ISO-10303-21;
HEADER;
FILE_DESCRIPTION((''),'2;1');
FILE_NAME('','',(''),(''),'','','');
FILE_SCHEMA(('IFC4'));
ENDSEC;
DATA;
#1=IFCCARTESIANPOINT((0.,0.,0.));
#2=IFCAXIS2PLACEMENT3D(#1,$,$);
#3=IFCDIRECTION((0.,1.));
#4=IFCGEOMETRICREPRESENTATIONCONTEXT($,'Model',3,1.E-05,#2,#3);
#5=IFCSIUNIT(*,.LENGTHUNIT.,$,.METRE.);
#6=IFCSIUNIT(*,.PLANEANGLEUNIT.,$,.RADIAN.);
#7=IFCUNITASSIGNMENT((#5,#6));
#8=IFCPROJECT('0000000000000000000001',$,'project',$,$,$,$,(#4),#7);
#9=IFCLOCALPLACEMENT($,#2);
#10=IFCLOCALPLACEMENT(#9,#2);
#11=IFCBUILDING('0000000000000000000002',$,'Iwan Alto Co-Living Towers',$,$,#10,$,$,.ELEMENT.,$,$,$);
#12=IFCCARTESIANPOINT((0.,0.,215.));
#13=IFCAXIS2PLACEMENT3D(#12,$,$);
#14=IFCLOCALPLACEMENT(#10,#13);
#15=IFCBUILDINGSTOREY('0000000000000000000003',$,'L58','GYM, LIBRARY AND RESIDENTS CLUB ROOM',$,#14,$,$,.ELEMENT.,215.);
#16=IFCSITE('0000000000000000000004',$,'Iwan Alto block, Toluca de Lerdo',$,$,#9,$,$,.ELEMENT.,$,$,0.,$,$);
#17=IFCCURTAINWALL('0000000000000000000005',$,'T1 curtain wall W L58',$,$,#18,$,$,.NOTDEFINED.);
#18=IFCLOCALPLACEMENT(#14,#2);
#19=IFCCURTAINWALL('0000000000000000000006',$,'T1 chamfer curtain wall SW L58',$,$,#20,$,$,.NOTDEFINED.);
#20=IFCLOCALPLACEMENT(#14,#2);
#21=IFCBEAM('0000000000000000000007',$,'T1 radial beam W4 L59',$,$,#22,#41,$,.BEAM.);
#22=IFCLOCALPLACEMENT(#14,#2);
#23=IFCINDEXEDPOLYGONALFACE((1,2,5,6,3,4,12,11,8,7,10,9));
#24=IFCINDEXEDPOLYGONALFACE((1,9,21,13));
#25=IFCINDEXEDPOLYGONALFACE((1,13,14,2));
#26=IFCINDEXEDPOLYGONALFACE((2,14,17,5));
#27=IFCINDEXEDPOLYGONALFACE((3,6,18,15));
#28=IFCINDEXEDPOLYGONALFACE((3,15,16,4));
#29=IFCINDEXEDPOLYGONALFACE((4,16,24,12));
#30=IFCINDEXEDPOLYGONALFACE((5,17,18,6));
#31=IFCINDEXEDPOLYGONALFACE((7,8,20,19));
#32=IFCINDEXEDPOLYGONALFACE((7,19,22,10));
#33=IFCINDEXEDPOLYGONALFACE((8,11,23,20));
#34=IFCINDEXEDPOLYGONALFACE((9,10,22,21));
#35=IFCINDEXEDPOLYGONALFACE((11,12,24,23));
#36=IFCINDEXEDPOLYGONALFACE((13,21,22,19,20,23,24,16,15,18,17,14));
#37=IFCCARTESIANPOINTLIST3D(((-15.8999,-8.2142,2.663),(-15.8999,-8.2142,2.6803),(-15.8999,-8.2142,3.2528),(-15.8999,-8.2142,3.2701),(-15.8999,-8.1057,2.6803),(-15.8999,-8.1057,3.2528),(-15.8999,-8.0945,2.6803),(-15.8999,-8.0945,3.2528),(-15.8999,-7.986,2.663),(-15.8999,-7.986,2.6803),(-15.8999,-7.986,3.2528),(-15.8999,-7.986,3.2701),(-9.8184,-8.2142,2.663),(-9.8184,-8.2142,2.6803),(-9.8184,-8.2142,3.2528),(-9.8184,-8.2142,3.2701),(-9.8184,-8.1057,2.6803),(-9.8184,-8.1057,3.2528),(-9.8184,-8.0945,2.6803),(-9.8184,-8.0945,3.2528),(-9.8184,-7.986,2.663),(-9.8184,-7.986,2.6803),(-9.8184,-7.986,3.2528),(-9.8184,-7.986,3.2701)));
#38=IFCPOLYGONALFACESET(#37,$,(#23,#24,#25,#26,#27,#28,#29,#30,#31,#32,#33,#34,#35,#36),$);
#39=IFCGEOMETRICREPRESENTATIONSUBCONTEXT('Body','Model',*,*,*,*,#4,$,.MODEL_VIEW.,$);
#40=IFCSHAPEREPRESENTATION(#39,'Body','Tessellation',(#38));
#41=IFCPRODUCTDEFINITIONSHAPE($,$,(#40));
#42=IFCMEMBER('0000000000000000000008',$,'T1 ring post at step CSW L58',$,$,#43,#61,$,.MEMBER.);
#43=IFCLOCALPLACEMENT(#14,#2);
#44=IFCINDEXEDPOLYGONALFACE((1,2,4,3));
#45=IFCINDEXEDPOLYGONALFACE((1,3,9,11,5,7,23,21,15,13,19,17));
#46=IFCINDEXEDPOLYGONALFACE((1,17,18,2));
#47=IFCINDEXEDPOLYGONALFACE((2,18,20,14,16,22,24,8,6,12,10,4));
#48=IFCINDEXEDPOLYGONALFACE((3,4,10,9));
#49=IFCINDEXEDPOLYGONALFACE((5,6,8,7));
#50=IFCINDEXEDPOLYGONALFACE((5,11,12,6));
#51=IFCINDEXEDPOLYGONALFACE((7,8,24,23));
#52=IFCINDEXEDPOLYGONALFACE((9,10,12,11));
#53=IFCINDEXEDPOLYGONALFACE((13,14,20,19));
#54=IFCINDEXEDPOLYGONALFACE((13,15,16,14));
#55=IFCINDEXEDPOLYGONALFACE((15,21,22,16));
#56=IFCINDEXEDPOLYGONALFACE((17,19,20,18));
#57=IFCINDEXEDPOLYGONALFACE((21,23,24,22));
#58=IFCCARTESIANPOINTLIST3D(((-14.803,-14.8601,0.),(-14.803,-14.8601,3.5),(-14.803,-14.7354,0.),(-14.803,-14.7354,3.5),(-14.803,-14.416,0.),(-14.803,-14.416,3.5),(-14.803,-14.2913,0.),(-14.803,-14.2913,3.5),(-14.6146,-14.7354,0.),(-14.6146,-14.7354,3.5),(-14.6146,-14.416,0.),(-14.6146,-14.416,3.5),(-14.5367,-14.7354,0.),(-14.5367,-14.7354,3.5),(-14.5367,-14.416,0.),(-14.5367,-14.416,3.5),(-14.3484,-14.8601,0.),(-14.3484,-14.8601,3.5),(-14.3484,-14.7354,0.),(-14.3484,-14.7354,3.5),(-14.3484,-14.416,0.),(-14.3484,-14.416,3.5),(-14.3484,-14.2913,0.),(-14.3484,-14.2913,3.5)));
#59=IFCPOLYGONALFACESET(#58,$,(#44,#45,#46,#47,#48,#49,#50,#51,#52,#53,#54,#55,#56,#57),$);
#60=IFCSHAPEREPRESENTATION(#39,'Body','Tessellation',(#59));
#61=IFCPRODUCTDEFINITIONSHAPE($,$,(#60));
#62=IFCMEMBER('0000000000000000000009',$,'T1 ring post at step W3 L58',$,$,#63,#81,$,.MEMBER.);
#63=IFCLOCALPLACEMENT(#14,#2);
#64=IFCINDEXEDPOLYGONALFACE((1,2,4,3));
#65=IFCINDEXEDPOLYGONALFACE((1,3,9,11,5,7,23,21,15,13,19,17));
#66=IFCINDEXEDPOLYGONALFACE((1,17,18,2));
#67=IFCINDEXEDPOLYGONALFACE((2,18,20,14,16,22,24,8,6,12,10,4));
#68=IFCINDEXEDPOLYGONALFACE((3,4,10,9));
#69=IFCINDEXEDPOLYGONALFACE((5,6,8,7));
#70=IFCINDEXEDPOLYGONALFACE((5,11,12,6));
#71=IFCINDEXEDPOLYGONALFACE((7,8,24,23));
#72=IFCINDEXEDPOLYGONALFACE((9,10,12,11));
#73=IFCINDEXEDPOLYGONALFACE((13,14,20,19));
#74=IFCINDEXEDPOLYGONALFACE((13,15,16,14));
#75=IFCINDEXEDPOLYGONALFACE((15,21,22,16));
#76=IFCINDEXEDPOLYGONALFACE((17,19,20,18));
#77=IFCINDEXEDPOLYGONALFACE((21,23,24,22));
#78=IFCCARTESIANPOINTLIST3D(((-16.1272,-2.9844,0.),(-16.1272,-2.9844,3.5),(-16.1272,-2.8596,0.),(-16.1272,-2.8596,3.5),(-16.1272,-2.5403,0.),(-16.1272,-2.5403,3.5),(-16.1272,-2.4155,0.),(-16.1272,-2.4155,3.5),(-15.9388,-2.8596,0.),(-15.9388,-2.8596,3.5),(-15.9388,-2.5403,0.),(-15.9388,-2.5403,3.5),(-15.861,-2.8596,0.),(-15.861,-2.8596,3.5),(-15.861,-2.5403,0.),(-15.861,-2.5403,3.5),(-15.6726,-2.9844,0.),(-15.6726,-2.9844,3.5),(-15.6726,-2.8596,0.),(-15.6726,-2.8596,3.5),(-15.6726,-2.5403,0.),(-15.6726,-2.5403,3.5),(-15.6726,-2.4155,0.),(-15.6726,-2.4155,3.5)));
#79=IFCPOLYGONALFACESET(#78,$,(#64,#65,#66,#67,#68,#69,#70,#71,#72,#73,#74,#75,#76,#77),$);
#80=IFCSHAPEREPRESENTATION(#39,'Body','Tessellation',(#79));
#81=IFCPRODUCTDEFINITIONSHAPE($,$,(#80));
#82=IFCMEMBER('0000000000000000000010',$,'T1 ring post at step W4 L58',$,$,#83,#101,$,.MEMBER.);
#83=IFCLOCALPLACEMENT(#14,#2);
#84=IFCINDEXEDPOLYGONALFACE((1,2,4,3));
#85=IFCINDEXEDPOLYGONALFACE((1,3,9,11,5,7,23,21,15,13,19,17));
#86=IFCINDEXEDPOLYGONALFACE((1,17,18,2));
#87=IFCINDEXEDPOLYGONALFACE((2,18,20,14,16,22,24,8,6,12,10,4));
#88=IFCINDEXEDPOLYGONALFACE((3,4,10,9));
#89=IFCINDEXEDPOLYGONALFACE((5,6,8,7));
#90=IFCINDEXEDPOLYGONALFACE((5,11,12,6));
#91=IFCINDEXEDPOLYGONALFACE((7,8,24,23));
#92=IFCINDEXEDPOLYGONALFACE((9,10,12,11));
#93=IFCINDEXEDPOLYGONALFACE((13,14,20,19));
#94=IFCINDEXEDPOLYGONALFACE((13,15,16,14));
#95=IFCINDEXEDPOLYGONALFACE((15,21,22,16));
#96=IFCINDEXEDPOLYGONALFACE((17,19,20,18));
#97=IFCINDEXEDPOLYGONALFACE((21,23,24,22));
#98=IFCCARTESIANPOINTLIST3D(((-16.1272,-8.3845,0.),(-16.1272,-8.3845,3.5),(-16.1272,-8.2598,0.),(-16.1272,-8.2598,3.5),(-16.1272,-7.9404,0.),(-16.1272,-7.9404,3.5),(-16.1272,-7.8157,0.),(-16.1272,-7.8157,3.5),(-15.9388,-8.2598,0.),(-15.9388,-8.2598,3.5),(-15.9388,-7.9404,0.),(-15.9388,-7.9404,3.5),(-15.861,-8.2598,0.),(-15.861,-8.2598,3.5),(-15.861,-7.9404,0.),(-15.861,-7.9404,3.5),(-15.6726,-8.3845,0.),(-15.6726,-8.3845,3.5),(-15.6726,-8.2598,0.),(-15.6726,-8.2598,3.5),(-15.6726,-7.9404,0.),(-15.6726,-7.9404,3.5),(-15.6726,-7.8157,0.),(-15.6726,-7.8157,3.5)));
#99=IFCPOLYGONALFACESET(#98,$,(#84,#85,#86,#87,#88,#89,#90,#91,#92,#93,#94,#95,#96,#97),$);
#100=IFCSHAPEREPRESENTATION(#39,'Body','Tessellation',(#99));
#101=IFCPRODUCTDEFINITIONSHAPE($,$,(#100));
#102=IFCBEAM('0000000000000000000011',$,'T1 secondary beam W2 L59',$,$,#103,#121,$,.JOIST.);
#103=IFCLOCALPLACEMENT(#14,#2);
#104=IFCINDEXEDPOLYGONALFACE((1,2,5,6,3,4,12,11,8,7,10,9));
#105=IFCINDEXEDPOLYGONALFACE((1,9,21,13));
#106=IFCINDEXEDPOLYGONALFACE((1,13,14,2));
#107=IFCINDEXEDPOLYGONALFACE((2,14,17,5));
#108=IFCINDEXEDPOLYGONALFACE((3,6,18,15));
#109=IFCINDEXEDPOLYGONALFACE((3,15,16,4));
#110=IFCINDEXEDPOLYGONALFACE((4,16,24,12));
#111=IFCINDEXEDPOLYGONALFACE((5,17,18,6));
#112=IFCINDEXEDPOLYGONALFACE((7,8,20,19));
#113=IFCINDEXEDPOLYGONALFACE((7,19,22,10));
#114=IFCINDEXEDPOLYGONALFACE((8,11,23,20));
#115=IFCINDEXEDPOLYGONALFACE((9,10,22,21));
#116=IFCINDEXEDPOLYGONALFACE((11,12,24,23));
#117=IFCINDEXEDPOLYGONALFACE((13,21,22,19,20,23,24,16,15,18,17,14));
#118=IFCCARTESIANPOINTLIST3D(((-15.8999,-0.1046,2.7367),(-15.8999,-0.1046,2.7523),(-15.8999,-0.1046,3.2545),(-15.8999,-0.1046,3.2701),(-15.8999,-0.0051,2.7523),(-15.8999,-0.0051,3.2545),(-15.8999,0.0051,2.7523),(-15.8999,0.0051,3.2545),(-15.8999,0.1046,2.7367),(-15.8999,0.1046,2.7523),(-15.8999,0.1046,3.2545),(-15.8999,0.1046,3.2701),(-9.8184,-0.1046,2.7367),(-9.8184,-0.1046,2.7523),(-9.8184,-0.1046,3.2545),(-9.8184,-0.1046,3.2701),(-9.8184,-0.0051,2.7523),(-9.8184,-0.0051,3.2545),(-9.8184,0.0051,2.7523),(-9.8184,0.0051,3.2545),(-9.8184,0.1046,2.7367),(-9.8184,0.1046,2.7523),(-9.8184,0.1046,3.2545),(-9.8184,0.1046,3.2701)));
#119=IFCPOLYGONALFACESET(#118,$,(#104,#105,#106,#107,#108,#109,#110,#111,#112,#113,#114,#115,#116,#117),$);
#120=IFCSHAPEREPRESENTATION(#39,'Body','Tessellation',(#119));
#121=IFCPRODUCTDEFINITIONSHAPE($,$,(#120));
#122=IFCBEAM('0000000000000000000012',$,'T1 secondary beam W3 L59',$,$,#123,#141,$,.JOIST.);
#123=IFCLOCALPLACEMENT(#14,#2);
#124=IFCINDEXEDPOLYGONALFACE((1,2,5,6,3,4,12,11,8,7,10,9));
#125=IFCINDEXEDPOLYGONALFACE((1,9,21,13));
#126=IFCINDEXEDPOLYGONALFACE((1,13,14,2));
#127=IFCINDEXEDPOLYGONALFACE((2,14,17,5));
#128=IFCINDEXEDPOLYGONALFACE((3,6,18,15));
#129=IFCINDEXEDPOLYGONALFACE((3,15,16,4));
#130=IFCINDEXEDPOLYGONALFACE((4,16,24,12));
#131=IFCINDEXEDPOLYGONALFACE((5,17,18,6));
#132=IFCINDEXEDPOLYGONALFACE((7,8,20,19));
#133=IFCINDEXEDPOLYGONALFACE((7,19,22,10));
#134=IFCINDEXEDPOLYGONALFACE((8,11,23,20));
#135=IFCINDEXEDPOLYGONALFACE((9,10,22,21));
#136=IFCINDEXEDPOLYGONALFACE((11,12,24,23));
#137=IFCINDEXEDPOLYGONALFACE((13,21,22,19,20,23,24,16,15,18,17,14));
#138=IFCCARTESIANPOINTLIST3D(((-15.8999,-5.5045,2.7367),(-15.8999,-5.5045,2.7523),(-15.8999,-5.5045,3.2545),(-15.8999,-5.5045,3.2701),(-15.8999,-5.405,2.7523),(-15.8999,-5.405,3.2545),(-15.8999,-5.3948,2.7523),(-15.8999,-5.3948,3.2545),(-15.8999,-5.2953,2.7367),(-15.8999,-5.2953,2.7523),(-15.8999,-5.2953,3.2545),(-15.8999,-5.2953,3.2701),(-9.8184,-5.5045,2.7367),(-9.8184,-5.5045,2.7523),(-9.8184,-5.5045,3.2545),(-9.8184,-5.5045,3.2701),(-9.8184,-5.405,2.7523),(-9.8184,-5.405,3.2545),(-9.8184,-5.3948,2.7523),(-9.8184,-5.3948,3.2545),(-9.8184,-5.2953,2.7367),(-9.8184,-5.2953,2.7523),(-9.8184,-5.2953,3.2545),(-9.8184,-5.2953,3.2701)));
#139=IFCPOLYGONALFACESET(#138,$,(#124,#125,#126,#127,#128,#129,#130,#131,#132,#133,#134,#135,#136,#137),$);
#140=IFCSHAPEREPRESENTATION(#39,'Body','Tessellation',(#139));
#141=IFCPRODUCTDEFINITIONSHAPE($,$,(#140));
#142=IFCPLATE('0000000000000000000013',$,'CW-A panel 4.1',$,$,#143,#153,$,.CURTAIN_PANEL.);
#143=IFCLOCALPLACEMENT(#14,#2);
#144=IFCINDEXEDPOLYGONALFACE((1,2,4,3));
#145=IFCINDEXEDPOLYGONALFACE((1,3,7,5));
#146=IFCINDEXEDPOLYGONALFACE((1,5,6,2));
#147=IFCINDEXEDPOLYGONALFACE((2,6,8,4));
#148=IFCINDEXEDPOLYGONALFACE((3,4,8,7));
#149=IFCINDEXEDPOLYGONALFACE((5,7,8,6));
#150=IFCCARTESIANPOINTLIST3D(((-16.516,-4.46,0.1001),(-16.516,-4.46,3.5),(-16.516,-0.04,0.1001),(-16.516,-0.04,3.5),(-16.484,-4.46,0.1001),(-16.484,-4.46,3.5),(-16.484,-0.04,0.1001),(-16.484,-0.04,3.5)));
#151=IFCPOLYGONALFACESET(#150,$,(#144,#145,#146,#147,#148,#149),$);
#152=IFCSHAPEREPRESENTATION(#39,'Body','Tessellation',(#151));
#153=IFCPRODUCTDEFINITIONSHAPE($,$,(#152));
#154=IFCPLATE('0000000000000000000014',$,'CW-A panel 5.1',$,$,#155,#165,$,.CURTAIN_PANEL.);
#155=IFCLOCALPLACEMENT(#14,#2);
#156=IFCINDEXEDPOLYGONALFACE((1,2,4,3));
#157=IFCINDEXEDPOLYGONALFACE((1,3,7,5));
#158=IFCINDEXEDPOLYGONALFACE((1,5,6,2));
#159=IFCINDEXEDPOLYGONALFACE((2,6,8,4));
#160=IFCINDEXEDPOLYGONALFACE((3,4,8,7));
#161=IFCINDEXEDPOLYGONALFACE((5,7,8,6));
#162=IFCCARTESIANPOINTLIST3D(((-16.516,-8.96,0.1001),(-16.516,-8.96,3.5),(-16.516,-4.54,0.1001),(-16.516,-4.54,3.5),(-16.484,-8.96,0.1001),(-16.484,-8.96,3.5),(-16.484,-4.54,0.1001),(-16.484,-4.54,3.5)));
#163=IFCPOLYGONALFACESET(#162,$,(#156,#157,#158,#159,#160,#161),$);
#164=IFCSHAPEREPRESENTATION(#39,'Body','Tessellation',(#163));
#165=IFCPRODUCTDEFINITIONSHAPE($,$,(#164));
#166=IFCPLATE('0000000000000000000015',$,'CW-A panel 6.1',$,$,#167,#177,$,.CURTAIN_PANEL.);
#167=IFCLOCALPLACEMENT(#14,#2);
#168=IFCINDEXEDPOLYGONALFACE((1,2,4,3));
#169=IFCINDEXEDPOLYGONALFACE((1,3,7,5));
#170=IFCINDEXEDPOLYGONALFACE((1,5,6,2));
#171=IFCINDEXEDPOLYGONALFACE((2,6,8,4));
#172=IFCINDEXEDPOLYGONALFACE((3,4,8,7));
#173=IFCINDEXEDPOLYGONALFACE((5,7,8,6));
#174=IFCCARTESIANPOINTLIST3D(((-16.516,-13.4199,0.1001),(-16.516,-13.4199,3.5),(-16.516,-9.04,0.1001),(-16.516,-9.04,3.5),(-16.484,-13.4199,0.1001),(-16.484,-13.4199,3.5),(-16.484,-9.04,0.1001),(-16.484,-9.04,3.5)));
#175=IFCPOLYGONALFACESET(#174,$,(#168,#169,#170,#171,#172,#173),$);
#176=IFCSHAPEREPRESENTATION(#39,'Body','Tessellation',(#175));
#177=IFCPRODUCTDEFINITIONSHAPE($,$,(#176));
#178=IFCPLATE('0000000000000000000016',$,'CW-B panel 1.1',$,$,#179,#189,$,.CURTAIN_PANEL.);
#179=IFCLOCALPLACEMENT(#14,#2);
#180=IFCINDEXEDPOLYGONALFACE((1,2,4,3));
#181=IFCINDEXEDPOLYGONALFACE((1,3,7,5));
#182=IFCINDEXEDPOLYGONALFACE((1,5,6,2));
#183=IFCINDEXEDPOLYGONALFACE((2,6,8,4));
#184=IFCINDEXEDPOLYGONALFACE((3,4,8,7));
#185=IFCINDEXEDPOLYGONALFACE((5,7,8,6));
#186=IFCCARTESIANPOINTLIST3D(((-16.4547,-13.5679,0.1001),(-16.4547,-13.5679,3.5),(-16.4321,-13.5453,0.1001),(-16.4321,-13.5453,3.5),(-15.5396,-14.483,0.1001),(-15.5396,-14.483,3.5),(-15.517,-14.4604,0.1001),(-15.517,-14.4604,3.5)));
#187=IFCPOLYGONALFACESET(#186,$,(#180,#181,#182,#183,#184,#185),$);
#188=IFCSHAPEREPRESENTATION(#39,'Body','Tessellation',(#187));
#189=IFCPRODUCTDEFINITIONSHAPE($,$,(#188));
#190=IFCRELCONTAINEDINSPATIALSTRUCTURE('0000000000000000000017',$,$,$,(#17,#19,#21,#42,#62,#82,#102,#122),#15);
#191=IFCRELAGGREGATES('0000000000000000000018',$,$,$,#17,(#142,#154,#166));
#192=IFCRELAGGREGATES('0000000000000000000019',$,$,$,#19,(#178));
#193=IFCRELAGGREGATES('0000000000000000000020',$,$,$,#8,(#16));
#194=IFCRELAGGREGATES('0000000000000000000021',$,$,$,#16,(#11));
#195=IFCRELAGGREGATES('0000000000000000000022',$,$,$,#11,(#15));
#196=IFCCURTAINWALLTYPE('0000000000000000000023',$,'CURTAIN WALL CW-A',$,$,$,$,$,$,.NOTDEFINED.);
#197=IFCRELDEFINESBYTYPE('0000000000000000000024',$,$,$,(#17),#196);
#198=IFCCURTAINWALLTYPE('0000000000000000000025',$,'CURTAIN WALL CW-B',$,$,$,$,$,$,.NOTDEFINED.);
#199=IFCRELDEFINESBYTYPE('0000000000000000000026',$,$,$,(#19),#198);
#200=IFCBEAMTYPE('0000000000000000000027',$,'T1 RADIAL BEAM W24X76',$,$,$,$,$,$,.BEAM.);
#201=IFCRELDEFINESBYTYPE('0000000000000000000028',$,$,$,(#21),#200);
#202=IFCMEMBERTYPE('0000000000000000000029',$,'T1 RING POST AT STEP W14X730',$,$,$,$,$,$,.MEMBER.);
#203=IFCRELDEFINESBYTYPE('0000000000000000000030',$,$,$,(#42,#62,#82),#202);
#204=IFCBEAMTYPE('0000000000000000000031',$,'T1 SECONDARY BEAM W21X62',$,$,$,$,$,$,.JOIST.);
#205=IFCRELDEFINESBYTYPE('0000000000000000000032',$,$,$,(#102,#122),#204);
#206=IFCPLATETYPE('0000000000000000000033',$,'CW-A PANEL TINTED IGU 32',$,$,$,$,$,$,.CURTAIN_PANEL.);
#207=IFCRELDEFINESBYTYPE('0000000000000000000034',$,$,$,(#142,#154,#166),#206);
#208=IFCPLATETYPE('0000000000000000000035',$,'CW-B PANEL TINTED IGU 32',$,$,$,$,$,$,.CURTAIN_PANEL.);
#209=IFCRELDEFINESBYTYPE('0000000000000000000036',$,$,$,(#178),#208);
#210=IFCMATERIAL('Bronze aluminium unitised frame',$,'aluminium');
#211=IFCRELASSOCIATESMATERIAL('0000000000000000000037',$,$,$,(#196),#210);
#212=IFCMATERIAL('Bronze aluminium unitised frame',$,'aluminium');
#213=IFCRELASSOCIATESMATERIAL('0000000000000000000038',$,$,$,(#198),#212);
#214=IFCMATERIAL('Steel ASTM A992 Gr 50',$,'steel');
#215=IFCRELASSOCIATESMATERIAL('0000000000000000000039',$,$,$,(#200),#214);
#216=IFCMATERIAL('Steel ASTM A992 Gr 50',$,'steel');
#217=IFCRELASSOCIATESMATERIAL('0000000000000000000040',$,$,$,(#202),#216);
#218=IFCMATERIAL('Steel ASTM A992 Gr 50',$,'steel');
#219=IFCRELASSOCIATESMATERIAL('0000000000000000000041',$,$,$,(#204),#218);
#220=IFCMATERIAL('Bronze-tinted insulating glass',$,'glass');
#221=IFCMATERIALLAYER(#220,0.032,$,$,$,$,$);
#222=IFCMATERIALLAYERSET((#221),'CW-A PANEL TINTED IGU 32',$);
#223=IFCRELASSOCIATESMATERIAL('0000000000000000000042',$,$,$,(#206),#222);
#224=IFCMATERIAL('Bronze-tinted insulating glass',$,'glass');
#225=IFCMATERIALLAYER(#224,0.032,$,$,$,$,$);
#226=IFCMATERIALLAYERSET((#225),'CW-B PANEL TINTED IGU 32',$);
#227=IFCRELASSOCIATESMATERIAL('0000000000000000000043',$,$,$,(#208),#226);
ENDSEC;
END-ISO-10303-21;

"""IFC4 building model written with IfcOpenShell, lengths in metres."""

from ifc_helpers import new_model, si_unit, direction, frame, origin, origin_2d, place, context, subcontext, project, spatial, rectangle, i_section, extrude, material, layer, layer_set, material_profile, profile_set, type_object, element, aggregate, save


model = new_model("IFC4")

# Units and contexts
model_context = context("Model", 3, precision=1e-05, world=origin(), true_north=direction((0.0, 1.0)))
body_context = subcontext(model_context, "Body", "Model", "MODEL_VIEW")
ifc_project = project(units=[si_unit("LENGTHUNIT", "METRE"), si_unit("PLANEANGLEUNIT", "RADIAN")], contexts=[model_context])

# Site, building, storey
site_placement = place(None, origin())
site = spatial("IfcSite", under=ifc_project, at=site_placement, Name="Iwan Alto block, Toluca de Lerdo", CompositionType="ELEMENT", RefElevation=0.0)
building_placement = place(site_placement, origin())
building = spatial("IfcBuilding", under=site, at=building_placement, Name="Iwan Alto Co-Living Towers", CompositionType="ELEMENT")
storey_placement = place(building_placement, frame((0.0, 0.0, 215.0)))
storey = spatial("IfcBuildingStorey", under=building, at=storey_placement, Name="L58", Description="GYM, LIBRARY AND RESIDENTS CLUB ROOM", CompositionType="ELEMENT", Elevation=215.0)

# Curtain walls
ifc_material_1 = material(Name="Bronze aluminium unitised frame", Category="aluminium")
curtain_wall_type_1 = type_object("IfcCurtainWallType", Name="CURTAIN WALL CW-A", PredefinedType="NOTDEFINED", material=ifc_material_1)
curtain_wall_1_placement = place(storey_placement, origin())
curtain_wall_1 = element("IfcCurtainWall", 1, at=curtain_wall_1_placement, inside=storey, type_object=curtain_wall_type_1, Name="T1 curtain wall W L58", PredefinedType="NOTDEFINED")
ifc_material_2 = material(Name="Bronze aluminium unitised frame", Category="aluminium")
curtain_wall_type_2 = type_object("IfcCurtainWallType", Name="CURTAIN WALL CW-B", PredefinedType="NOTDEFINED", material=ifc_material_2)
curtain_wall_2_placement = place(storey_placement, origin())
curtain_wall_2 = element("IfcCurtainWall", 2, at=curtain_wall_2_placement, inside=storey, type_object=curtain_wall_type_2, Name="T1 chamfer curtain wall SW L58", PredefinedType="NOTDEFINED")

# Beam
ifc_material_3 = material(Name="Steel ASTM A992 Gr 50", Category="steel")
ifc_material_profile_1 = material_profile(ifc_material_3, i_section(OverallWidth=0.2283, OverallDepth=0.6072, WebThickness=0.0112, FlangeThickness=0.0173, at=origin_2d()), Name="W24X76")
ifc_profile_set_1 = profile_set([ifc_material_profile_1], Name="Steel ASTM A992 Gr 50")
beam_type_1 = type_object("IfcBeamType", Name="T1 RADIAL BEAM W24X76", PredefinedType="BEAM", material=ifc_profile_set_1)
for number, where, z_axis, x_axis, name in (
    (3, (-15.8999, -8.1001, 2.9666), (1.0, 0.0, 0.0), (0.0, 1.0, 0.0), "T1 radial beam W4 L59"),
):
    element("IfcBeam", number, at=place(storey_placement, frame(where, z_axis=z_axis, x_axis=x_axis)), inside=storey, type_object=beam_type_1, Name=name, PredefinedType="BEAM", context=body_context, shape_type="SweptSolid", body=[
        extrude(i_section(OverallWidth=0.2283, OverallDepth=0.6072, WebThickness=0.0112, FlangeThickness=0.0173, at=origin_2d()), origin(), (0.0, 0.0, 1.0), 6.0815),
    ])

# Members
ifc_material_4 = material(Name="Steel ASTM A992 Gr 50", Category="steel")
ifc_material_profile_2 = material_profile(ifc_material_4, i_section(OverallWidth=0.4546, OverallDepth=0.5688, WebThickness=0.0779, FlangeThickness=0.1248, at=origin_2d()), Name="W14X730")
ifc_profile_set_2 = profile_set([ifc_material_profile_2], Name="Steel ASTM A992 Gr 50")
member_type_1 = type_object("IfcMemberType", Name="T1 RING POST AT STEP W14X730", PredefinedType="MEMBER", material=ifc_profile_set_2)
for number, where, z_axis, x_axis, name in (
    (4, (-14.5757, -14.5757, 0.0), (0.0, 0.0, 1.0), (1.0, 0.0, 0.0), "T1 ring post at step CSW L58"),
    (5, (-15.8999, -2.7, 0.0), (0.0, 0.0, 1.0), (1.0, 0.0, 0.0), "T1 ring post at step W3 L58"),
    (6, (-15.8999, -8.1001, 0.0), (0.0, 0.0, 1.0), (1.0, 0.0, 0.0), "T1 ring post at step W4 L58"),
):
    element("IfcMember", number, at=place(storey_placement, frame(where, z_axis=z_axis, x_axis=x_axis)), inside=storey, type_object=member_type_1, Name=name, PredefinedType="MEMBER", context=body_context, shape_type="SweptSolid", body=[
        extrude(i_section(OverallWidth=0.4546, OverallDepth=0.5688, WebThickness=0.0779, FlangeThickness=0.1248, at=origin_2d()), origin(), (0.0, 0.0, 1.0), 3.5),
    ])

# Beams
ifc_material_5 = material(Name="Steel ASTM A992 Gr 50", Category="steel")
ifc_material_profile_3 = material_profile(ifc_material_5, i_section(OverallWidth=0.2092, OverallDepth=0.5334, WebThickness=0.0103, FlangeThickness=0.0156, at=origin_2d()), Name="W21X62")
ifc_profile_set_3 = profile_set([ifc_material_profile_3], Name="Steel ASTM A992 Gr 50")
beam_type_2 = type_object("IfcBeamType", Name="T1 SECONDARY BEAM W21X62", PredefinedType="JOIST", material=ifc_profile_set_3)
for number, where, z_axis, x_axis, name in (
    (7, (-15.8999, 0.0, 3.0034), (1.0, 0.0, 0.0), (0.0, 1.0, 0.0), "T1 secondary beam W2 L59"),
    (8, (-15.8999, -5.3999, 3.0034), (1.0, 0.0, 0.0), (0.0, 1.0, 0.0), "T1 secondary beam W3 L59"),
):
    element("IfcBeam", number, at=place(storey_placement, frame(where, z_axis=z_axis, x_axis=x_axis)), inside=storey, type_object=beam_type_2, Name=name, PredefinedType="JOIST", context=body_context, shape_type="SweptSolid", body=[
        extrude(i_section(OverallWidth=0.2092, OverallDepth=0.5334, WebThickness=0.0103, FlangeThickness=0.0156, at=origin_2d()), origin(), (0.0, 0.0, 1.0), 6.0815),
    ])

# Plates
ifc_material_6 = material(Name="Bronze-tinted insulating glass", Category="glass")
ifc_layer_1 = layer(ifc_material_6, 0.032)
ifc_layer_set_1 = layer_set([ifc_layer_1], Name="CW-A PANEL TINTED IGU 32")
plate_type_1 = type_object("IfcPlateType", Name="CW-A PANEL TINTED IGU 32", PredefinedType="CURTAIN_PANEL", material=ifc_layer_set_1)
plate_1_placement = place(storey_placement, frame((-16.5, -2.25, 0.1001), z_axis=(0.0, 0.0, 1.0), x_axis=(0.0, -1.0, 0.0)))
plate_1 = element("IfcPlate", 9, at=plate_1_placement, type_object=plate_type_1, Name="CW-A panel 4.1", PredefinedType="CURTAIN_PANEL", context=body_context, shape_type="SweptSolid", body=[
    extrude(rectangle(XDim=4.4199, YDim=0.032, at=origin_2d()), origin(), (0.0, 0.0, 1.0), 3.3999),
])
plate_2_placement = place(storey_placement, frame((-16.5, -6.75, 0.1001), z_axis=(0.0, 0.0, 1.0), x_axis=(0.0, -1.0, 0.0)))
plate_2 = element("IfcPlate", 10, at=plate_2_placement, type_object=plate_type_1, Name="CW-A panel 5.1", PredefinedType="CURTAIN_PANEL", context=body_context, shape_type="SweptSolid", body=[
    extrude(rectangle(XDim=4.4199, YDim=0.032, at=origin_2d()), origin(), (0.0, 0.0, 1.0), 3.3999),
])
plate_3_placement = place(storey_placement, frame((-16.5, -11.23, 0.1001), z_axis=(0.0, 0.0, 1.0), x_axis=(0.0, -1.0, 0.0)))
plate_3 = element("IfcPlate", 11, at=plate_3_placement, type_object=plate_type_1, Name="CW-A panel 6.1", PredefinedType="CURTAIN_PANEL", context=body_context, shape_type="SweptSolid", body=[
    extrude(rectangle(XDim=4.3799, YDim=0.032, at=origin_2d()), origin(), (0.0, 0.0, 1.0), 3.3999),
])
aggregate(curtain_wall_1, [plate_1, plate_2, plate_3])
ifc_material_7 = material(Name="Bronze-tinted insulating glass", Category="glass")
ifc_layer_2 = layer(ifc_material_7, 0.032)
ifc_layer_set_2 = layer_set([ifc_layer_2], Name="CW-B PANEL TINTED IGU 32")
plate_type_2 = type_object("IfcPlateType", Name="CW-B PANEL TINTED IGU 32", PredefinedType="CURTAIN_PANEL", material=ifc_layer_set_2)
plate_4_placement = place(storey_placement, frame((-15.9858, -14.0142, 0.1001), z_axis=(0.0, 0.0, 1.0), x_axis=(0.707107, -0.707107, 0.0)))
plate_4 = element("IfcPlate", 12, at=plate_4_placement, type_object=plate_type_2, Name="CW-B panel 1.1", PredefinedType="CURTAIN_PANEL", context=body_context, shape_type="SweptSolid", body=[
    extrude(rectangle(XDim=1.2942, YDim=0.032, at=origin_2d()), origin(), (0.0, 0.0, 1.0), 3.3999),
])
aggregate(curtain_wall_2, [plate_4])

save(model, "model.ifc")
